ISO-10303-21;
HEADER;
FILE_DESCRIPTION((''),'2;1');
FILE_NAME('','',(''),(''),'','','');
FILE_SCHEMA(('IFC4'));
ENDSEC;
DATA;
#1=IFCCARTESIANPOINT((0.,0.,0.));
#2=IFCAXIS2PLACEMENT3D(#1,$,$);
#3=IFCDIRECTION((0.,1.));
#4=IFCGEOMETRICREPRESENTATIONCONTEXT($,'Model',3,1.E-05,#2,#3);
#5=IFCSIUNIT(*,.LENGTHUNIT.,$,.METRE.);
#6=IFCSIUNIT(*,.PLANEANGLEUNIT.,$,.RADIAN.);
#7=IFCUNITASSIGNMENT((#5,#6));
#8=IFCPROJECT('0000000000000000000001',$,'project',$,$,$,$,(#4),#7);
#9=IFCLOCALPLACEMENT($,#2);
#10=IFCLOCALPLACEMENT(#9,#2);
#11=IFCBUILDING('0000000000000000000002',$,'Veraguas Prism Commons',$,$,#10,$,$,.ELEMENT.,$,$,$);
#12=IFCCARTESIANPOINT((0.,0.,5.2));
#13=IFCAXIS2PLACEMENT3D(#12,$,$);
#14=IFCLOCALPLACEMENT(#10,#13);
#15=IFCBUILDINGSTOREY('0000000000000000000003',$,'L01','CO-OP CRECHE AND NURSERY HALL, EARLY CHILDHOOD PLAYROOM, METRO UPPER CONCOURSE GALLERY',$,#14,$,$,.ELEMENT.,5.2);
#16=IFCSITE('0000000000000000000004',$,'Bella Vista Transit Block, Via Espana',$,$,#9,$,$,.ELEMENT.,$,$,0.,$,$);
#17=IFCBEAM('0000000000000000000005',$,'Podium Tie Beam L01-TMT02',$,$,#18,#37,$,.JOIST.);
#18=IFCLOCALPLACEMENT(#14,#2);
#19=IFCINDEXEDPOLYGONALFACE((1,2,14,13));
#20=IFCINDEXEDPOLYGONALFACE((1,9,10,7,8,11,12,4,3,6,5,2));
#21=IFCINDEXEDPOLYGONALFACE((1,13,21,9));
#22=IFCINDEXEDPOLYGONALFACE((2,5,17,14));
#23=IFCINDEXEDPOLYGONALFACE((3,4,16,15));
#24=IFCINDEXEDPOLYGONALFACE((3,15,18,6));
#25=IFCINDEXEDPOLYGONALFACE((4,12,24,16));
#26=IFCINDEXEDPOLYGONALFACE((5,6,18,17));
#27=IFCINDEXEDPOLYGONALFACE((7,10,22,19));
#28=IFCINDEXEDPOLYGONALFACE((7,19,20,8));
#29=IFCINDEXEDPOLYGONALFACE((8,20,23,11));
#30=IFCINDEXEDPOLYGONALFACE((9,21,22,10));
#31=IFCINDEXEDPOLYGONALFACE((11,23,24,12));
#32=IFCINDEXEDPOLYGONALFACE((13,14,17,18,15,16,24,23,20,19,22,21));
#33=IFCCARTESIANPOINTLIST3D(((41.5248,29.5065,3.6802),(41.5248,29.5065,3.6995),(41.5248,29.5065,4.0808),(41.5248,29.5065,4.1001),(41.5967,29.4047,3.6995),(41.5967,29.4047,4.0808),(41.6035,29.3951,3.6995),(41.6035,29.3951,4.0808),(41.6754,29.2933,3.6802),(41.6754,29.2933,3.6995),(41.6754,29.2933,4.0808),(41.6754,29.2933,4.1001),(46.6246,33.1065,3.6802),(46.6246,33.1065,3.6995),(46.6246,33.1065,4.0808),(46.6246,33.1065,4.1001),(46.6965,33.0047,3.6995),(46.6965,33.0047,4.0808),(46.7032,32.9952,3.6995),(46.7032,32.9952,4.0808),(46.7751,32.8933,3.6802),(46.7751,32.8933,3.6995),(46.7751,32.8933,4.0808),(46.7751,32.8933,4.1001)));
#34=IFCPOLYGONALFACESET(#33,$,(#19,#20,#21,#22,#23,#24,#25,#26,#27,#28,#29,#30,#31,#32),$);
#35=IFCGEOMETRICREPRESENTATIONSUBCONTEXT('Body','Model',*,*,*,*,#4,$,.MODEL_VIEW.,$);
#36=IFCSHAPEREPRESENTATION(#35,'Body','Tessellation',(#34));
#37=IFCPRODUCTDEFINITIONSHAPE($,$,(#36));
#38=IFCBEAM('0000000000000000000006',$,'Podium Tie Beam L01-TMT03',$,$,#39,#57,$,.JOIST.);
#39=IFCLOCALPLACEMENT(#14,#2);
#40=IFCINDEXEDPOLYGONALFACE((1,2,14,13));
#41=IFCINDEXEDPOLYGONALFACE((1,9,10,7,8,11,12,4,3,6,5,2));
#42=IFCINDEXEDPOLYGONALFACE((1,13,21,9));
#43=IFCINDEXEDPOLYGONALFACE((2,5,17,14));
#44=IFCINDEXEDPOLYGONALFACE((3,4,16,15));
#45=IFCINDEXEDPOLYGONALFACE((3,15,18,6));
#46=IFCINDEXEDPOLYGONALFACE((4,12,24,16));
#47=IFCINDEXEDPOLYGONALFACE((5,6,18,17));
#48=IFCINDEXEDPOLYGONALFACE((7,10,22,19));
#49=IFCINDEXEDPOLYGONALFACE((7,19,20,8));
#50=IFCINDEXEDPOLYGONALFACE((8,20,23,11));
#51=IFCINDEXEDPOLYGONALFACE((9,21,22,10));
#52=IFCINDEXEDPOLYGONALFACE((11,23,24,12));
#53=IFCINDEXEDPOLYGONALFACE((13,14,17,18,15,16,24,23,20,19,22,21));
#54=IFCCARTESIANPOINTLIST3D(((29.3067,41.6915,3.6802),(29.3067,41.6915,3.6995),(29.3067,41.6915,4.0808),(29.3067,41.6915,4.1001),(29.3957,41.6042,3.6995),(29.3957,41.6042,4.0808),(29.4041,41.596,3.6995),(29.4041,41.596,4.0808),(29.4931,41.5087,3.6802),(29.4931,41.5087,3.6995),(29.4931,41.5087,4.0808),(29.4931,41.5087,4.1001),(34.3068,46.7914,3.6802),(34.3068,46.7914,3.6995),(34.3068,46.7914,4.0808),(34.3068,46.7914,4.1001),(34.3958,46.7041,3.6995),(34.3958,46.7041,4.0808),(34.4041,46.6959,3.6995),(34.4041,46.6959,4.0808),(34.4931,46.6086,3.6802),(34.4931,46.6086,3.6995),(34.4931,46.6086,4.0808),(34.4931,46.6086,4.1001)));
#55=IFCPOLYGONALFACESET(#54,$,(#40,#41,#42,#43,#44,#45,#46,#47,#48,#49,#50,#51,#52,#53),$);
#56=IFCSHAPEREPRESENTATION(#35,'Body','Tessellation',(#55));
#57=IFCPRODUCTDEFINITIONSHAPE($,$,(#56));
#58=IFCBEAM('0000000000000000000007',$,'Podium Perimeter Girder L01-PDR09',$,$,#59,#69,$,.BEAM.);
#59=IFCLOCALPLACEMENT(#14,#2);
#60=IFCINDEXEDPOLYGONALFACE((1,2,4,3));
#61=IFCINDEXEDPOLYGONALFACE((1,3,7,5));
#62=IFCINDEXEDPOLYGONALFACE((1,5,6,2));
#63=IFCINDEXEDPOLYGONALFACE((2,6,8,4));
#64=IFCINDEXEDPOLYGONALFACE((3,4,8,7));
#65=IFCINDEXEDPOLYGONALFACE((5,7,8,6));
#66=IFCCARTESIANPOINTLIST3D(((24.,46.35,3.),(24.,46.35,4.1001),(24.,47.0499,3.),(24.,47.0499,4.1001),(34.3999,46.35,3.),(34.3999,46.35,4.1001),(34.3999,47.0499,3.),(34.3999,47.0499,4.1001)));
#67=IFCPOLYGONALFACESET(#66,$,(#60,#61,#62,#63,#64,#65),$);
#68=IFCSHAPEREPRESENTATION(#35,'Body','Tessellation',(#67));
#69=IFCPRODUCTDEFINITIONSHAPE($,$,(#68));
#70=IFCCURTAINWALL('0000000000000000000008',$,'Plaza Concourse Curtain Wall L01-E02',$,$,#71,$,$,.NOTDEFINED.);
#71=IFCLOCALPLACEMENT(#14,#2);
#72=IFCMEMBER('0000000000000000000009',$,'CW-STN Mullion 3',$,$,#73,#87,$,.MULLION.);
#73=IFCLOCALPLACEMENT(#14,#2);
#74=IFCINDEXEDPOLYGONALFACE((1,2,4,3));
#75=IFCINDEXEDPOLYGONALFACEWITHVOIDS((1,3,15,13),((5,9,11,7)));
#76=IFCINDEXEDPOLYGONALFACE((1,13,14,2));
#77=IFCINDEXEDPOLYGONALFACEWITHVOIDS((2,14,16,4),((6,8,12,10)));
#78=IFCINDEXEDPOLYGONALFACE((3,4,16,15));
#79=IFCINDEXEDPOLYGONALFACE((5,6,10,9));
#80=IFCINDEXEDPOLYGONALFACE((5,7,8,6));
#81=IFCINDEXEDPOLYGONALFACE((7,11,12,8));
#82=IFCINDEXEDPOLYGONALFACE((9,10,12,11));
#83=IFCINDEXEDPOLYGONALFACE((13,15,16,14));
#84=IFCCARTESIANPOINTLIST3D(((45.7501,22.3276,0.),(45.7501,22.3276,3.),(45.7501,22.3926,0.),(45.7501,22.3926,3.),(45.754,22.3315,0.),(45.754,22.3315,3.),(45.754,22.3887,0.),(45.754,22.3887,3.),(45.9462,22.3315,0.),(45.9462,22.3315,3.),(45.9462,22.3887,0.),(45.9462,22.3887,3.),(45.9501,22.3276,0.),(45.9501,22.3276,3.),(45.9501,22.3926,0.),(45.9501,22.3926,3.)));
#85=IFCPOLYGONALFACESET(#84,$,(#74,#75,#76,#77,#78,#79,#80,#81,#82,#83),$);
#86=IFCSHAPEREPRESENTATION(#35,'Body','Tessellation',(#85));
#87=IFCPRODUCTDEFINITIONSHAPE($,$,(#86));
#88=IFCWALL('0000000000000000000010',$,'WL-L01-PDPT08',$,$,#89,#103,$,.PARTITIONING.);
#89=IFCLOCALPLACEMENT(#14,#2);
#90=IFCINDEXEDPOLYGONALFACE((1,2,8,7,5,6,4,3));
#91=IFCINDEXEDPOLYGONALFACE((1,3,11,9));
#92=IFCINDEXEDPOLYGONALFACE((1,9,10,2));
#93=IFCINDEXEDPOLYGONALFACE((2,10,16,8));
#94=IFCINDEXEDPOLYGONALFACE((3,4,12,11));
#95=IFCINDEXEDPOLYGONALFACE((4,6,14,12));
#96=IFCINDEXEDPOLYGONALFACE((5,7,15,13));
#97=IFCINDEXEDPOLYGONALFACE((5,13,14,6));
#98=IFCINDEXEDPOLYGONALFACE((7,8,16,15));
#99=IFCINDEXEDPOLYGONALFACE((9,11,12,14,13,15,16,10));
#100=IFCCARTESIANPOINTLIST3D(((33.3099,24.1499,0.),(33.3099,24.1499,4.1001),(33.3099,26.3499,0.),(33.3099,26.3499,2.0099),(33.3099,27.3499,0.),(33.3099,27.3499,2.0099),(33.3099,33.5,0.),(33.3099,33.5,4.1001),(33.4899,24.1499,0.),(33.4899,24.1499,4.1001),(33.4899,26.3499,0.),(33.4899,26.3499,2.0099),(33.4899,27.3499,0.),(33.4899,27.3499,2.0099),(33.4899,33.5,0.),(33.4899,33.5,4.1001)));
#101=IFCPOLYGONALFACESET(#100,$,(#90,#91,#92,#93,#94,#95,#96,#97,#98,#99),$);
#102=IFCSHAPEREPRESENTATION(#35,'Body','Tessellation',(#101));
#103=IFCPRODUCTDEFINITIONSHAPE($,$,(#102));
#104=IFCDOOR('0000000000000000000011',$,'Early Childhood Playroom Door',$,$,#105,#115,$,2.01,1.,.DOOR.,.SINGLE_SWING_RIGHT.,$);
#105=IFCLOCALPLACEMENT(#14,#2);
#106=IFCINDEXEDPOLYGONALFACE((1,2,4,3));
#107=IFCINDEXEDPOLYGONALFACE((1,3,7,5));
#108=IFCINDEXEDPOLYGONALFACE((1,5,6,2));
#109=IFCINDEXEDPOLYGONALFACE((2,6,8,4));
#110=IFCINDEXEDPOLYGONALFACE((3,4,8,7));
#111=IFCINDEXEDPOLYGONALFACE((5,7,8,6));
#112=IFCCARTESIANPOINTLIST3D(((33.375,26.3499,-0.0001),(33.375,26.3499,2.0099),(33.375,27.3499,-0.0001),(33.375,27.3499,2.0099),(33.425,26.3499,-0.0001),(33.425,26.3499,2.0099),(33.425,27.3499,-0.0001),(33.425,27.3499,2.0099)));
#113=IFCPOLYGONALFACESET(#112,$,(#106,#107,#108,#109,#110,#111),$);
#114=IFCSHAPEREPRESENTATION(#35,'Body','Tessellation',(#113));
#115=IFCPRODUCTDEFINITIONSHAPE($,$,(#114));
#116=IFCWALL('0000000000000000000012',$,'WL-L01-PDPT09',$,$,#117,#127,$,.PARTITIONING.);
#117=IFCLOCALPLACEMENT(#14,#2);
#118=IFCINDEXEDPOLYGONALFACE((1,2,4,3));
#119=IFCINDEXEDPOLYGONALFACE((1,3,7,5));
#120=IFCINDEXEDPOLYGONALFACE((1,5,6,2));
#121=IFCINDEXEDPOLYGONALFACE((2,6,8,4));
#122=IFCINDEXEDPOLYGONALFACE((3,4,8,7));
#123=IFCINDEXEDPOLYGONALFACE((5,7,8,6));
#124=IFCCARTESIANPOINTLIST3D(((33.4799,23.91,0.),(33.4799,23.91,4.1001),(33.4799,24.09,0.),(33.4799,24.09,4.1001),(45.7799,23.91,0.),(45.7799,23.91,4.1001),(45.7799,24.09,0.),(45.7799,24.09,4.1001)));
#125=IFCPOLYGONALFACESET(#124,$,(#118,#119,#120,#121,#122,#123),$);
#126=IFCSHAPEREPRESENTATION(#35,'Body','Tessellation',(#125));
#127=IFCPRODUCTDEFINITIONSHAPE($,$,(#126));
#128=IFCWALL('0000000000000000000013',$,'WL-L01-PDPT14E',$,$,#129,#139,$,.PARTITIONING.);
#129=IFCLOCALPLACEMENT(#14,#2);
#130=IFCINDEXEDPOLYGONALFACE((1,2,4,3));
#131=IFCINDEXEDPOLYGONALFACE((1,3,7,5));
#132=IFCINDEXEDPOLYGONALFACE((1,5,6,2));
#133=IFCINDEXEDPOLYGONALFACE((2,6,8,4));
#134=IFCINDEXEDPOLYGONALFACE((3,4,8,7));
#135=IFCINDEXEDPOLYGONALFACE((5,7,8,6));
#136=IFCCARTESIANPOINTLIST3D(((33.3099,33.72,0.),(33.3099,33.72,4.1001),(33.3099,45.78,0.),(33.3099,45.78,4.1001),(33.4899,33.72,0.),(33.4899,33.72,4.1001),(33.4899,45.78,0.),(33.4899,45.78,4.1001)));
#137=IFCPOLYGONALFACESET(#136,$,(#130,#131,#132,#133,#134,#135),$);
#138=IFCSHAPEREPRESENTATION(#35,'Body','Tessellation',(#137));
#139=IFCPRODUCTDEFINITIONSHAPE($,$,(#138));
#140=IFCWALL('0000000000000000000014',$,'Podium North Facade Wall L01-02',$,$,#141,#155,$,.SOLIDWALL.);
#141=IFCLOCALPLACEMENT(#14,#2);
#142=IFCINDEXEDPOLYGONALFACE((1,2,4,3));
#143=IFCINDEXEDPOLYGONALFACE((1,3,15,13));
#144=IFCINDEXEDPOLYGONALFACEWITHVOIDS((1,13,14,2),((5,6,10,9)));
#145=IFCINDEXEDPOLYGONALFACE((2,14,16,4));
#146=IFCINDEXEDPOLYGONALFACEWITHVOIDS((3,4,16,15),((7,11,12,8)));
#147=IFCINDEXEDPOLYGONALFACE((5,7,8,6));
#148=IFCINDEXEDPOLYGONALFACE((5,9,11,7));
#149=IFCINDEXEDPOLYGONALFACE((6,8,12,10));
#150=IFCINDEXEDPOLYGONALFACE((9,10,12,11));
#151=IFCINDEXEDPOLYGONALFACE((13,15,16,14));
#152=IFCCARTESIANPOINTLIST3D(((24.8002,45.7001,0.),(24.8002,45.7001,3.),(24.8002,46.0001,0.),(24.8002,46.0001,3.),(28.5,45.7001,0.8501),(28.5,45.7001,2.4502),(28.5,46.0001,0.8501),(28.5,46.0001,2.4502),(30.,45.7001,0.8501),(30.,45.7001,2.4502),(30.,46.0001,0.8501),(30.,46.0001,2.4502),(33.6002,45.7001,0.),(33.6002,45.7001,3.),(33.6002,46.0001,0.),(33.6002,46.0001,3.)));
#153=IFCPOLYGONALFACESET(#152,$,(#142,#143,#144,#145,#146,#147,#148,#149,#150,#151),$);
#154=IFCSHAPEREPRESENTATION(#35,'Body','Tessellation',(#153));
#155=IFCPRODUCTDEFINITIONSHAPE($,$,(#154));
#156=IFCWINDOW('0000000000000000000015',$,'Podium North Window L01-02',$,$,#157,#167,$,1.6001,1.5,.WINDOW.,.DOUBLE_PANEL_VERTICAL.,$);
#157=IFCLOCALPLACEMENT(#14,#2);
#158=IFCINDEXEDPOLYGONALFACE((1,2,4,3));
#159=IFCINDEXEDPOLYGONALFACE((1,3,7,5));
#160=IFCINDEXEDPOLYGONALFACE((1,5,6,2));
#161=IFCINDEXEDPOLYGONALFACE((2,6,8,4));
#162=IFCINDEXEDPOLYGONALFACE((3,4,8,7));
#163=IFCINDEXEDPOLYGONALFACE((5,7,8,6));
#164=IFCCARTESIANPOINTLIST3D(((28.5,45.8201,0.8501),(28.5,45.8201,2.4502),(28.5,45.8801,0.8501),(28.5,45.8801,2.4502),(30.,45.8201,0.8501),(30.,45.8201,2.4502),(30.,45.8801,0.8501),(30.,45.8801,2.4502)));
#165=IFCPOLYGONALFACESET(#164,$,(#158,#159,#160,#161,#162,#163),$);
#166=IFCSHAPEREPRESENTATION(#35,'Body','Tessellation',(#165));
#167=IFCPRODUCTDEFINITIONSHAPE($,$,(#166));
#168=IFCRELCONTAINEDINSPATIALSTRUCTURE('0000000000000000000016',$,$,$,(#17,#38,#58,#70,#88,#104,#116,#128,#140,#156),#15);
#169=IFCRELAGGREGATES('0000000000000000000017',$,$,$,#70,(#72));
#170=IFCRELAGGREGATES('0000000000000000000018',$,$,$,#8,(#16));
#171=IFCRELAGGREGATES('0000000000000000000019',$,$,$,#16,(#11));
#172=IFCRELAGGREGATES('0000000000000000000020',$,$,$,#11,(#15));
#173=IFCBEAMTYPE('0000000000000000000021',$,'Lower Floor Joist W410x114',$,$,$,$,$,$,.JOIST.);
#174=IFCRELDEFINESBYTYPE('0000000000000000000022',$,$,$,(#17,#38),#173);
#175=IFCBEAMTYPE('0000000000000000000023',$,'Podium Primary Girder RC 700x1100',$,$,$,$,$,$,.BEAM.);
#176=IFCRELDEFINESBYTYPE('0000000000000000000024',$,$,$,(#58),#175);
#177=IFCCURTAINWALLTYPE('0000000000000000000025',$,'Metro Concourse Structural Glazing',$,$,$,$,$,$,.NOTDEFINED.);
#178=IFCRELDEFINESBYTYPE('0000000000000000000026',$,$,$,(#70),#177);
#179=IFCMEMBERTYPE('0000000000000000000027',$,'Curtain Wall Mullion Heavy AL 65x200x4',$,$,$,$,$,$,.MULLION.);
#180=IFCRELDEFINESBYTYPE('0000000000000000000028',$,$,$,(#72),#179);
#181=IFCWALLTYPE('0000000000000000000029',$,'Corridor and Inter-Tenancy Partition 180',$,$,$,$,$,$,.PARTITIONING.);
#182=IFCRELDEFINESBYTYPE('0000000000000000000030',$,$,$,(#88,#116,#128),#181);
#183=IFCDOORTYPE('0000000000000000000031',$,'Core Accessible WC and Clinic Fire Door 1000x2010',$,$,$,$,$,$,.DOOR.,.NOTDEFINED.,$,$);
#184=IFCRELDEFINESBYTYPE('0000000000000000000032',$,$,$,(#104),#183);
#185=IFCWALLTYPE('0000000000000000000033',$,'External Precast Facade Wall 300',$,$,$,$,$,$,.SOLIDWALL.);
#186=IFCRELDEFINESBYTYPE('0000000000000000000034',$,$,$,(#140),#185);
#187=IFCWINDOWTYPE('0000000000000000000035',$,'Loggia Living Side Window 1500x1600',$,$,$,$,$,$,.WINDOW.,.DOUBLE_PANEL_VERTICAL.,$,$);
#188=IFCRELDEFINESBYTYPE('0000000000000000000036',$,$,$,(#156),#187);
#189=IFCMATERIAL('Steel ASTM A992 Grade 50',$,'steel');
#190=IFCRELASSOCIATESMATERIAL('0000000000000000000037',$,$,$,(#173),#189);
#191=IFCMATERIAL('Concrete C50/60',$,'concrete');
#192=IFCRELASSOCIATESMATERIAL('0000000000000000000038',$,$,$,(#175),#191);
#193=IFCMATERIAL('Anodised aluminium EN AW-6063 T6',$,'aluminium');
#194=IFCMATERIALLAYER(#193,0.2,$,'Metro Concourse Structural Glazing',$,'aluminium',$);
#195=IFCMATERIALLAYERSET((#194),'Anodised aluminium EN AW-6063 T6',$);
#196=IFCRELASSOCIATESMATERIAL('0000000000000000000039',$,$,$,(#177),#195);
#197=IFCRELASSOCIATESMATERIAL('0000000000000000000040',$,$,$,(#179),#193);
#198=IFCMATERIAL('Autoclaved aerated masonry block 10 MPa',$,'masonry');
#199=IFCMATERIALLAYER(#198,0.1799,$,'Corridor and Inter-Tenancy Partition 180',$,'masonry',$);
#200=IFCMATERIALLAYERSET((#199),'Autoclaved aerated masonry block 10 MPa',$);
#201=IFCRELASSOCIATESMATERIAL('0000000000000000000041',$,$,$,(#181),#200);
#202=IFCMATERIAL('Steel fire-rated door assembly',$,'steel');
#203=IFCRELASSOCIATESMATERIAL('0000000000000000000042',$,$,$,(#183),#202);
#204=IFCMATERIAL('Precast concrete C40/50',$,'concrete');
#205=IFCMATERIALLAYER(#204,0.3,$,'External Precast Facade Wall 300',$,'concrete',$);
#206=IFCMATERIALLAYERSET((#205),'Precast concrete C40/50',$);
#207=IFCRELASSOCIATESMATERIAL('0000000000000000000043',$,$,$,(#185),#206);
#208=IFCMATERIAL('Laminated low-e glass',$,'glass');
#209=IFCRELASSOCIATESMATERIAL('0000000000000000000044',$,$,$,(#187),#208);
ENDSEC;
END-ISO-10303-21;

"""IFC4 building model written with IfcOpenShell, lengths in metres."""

from ifc_helpers import new_model, si_unit, direction, frame, frame_2d, origin, origin_2d, place, context, subcontext, project, spatial, rectangle, hollow_rectangle, i_section, extrude, source, transform, mapped, material, layer, layer_set, material_profile, profile_set, type_object, element, fill, aggregate, save


model = new_model("IFC4")

# Units and contexts
model_context = context("Model", 3, precision=1e-05, world=origin(), true_north=direction((0.0, 1.0)))
body_context = subcontext(model_context, "Body", "Model", "MODEL_VIEW")
ifc_project = project(units=[si_unit("LENGTHUNIT", "METRE"), si_unit("PLANEANGLEUNIT", "RADIAN")], contexts=[model_context])

# Site, building, storey
site_placement = place(None, origin())
site = spatial("IfcSite", under=ifc_project, at=site_placement, Name="Bella Vista Transit Block, Via Espana", CompositionType="ELEMENT", RefElevation=0.0)
building_placement = place(site_placement, origin())
building = spatial("IfcBuilding", under=site, at=building_placement, Name="Veraguas Prism Commons", CompositionType="ELEMENT")
storey_placement = place(building_placement, frame((0.0, 0.0, 5.2)))
storey = spatial("IfcBuildingStorey", under=building, at=storey_placement, Name="L01", Description="CO-OP CRECHE AND NURSERY HALL, EARLY CHILDHOOD PLAYROOM, METRO UPPER CONCOURSE GALLERY", CompositionType="ELEMENT", Elevation=5.2)

# Beams
ifc_material_1 = material(Name="Steel ASTM A992 Grade 50", Category="steel")
ifc_material_profile_1 = material_profile(ifc_material_1, i_section(OverallWidth=0.261, OverallDepth=0.4199, WebThickness=0.0117, FlangeThickness=0.0193, at=origin_2d()), Name="W410X114")
ifc_profile_set_1 = profile_set([ifc_material_profile_1], Name="Steel ASTM A992 Grade 50")
beam_type_1 = type_object("IfcBeamType", Name="Lower Floor Joist W410x114", PredefinedType="JOIST", material=ifc_profile_set_1)
beam_1_placement = place(storey_placement, frame((41.6001, 29.3999, 3.8901), z_axis=(0.816953, 0.576705, 0.0), x_axis=(-0.576705, 0.816953, 0.0)))
element("IfcBeam", 1, at=beam_1_placement, inside=storey, type_object=beam_type_1, Name="Podium Tie Beam L01-TMT02", PredefinedType="JOIST", context=body_context, shape_type="SweptSolid", body=[
    extrude(i_section(OverallWidth=0.261, OverallDepth=0.4199, WebThickness=0.0117, FlangeThickness=0.0193, at=origin_2d()), origin(), (0.0, 0.0, 1.0), 6.2424),
])
beam_2_placement = place(storey_placement, frame((29.3999, 41.6001, 3.8901), z_axis=(0.700082, 0.714063, 0.0), x_axis=(-0.714063, 0.700082, 0.0)))
element("IfcBeam", 2, at=beam_2_placement, inside=storey, type_object=beam_type_1, Name="Podium Tie Beam L01-TMT03", PredefinedType="JOIST", context=body_context, shape_type="SweptSolid", body=[
    extrude(i_section(OverallWidth=0.261, OverallDepth=0.4199, WebThickness=0.0117, FlangeThickness=0.0193, at=origin_2d()), origin(), (0.0, 0.0, 1.0), 7.1421),
])
ifc_material_2 = material(Name="Concrete C50/60", Category="concrete")
ifc_material_profile_2 = material_profile(ifc_material_2, rectangle(XDim=0.7, YDim=1.1001, at=origin_2d()), Name="RC700X1100")
ifc_profile_set_2 = profile_set([ifc_material_profile_2], Name="Concrete C50/60")
beam_type_2 = type_object("IfcBeamType", Name="Podium Primary Girder RC 700x1100", PredefinedType="BEAM", material=ifc_profile_set_2)
beam_3_placement = place(storey_placement, frame((34.3999, 46.7, 3.55), z_axis=(-1.0, 0.0, 0.0), x_axis=(0.0, -1.0, 0.0)))
element("IfcBeam", 3, at=beam_3_placement, inside=storey, type_object=beam_type_2, Name="Podium Perimeter Girder L01-PDR09", PredefinedType="BEAM", context=body_context, shape_type="SweptSolid", body=[
    extrude(rectangle(XDim=0.7, YDim=1.1001, at=origin_2d()), origin(), (0.0, 0.0, 1.0), 10.3999),
])

# Curtain wall, member
ifc_material_3 = material(Name="Anodised aluminium EN AW-6063 T6", Category="aluminium")
ifc_layer_1 = layer(ifc_material_3, 0.2, Name="Metro Concourse Structural Glazing", Category="aluminium")
ifc_layer_set_1 = layer_set([ifc_layer_1], Name="Anodised aluminium EN AW-6063 T6")
curtain_wall_type = type_object("IfcCurtainWallType", Name="Metro Concourse Structural Glazing", PredefinedType="NOTDEFINED", material=ifc_layer_set_1)
curtain_wall_placement = place(storey_placement, origin())
curtain_wall = element("IfcCurtainWall", 4, at=curtain_wall_placement, inside=storey, type_object=curtain_wall_type, Name="Plaza Concourse Curtain Wall L01-E02", PredefinedType="NOTDEFINED")
ifc_material_profile_3 = material_profile(ifc_material_3, hollow_rectangle(XDim=0.0649, YDim=0.2, WallThickness=0.0039, at=origin_2d()), Name="AL65X200X4")
ifc_profile_set_3 = profile_set([ifc_material_profile_3], Name="Anodised aluminium EN AW-6063 T6")
member_type = type_object("IfcMemberType", Name="Curtain Wall Mullion Heavy AL 65x200x4", PredefinedType="MULLION", material=ifc_profile_set_3)
shared_shape_1 = source(origin(), body_context, "Body", "SweptSolid", [
    extrude(hollow_rectangle(XDim=0.0649, YDim=0.2, WallThickness=0.0039, at=origin_2d()), origin(), (0.0, 0.0, 1.0), 3.0),
])
member_placement = place(storey_placement, frame((45.8501, 22.3601, 0.0), z_axis=(0.0, 0.0, 1.0), x_axis=(0.0, 1.0, 0.0)))
member = element("IfcMember", 5, at=member_placement, type_object=member_type, Name="CW-STN Mullion 3", PredefinedType="MULLION", context=body_context, shape_type="MappedRepresentation", body=[
    mapped(shared_shape_1, transform((0.0, 0.0, 0.0), scale=1.0)),
])
aggregate(curtain_wall, [member])

# Wall, opening, door
ifc_material_4 = material(Name="Autoclaved aerated masonry block 10 MPa", Category="masonry")
ifc_layer_2 = layer(ifc_material_4, 0.1799, Name="Corridor and Inter-Tenancy Partition 180", Category="masonry")
ifc_layer_set_2 = layer_set([ifc_layer_2], Name="Autoclaved aerated masonry block 10 MPa")
wall_type_1 = type_object("IfcWallType", Name="Corridor and Inter-Tenancy Partition 180", PredefinedType="PARTITIONING", material=ifc_layer_set_2)
wall_1_placement = place(storey_placement, frame((33.3999, 24.1499, 0.0), z_axis=(0.0, 0.0, 1.0), x_axis=(0.0, 1.0, 0.0)))
wall_1 = element("IfcWall", 6, at=wall_1_placement, inside=storey, type_object=wall_type_1, Name="WL-L01-PDPT08", PredefinedType="PARTITIONING", context=body_context, shape_type="SweptSolid", body=[
    extrude(rectangle(XDim=9.3501, YDim=0.1799, at=frame_2d((4.675, 0.0))), origin(), (0.0, 0.0, 1.0), 4.1001),
])
opening_1_placement = place(wall_1_placement, frame((2.2, 0.0, 0.0)))
opening_1 = element("IfcOpeningElement", 7, at=opening_1_placement, cuts=wall_1, PredefinedType="OPENING", context=body_context, shape_type="SweptSolid", body=[
    extrude(rectangle(XDim=1.0, YDim=2.01, at=frame_2d((0.5, 1.0049))), frame((0.0, 0.0999, 0.0), z_axis=(0.0, -1.0, 0.0), x_axis=(1.0, 0.0, 0.0)), (0.0, 0.0, 1.0), 0.2),
])
ifc_material_5 = material(Name="Steel fire-rated door assembly", Category="steel")
door_type = type_object("IfcDoorType", Name="Core Accessible WC and Clinic Fire Door 1000x2010", OperationType="NOTDEFINED", PredefinedType="DOOR", material=ifc_material_5)
shared_shape_2 = source(origin(), body_context, "Body", "SweptSolid", [
    extrude(rectangle(XDim=1.0, YDim=2.01, at=frame_2d((0.5, 1.0049))), frame((0.0, 0.0249, 0.0), z_axis=(0.0, -1.0, 0.0), x_axis=(1.0, 0.0, 0.0)), (0.0, 0.0, 1.0), 0.05),
])
door_placement = place(opening_1_placement, origin())
door = element("IfcDoor", 8, at=door_placement, inside=storey, type_object=door_type, Name="Early Childhood Playroom Door", OperationType="SINGLE_SWING_RIGHT", OverallHeight=2.01, OverallWidth=1.0, PredefinedType="DOOR", context=body_context, shape_type="MappedRepresentation", body=[
    mapped(shared_shape_2, transform((0.0, 0.0, 0.0), scale=1.0)),
])
fill(opening_1, door)

# Walls
wall_2_placement = place(storey_placement, frame((33.48, 24.0, 0.0), z_axis=(0.0, 0.0, 1.0), x_axis=(1.0, 0.0, 0.0)))
element("IfcWall", 9, at=wall_2_placement, inside=storey, type_object=wall_type_1, Name="WL-L01-PDPT09", PredefinedType="PARTITIONING", context=body_context, shape_type="SweptSolid", body=[
    extrude(rectangle(XDim=12.3, YDim=0.1799, at=frame_2d((6.1499, 0.0))), origin(), (0.0, 0.0, 1.0), 4.1001),
])
wall_3_placement = place(storey_placement, frame((33.3999, 33.72, 0.0), z_axis=(0.0, 0.0, 1.0), x_axis=(0.0, 1.0, 0.0)))
element("IfcWall", 10, at=wall_3_placement, inside=storey, type_object=wall_type_1, Name="WL-L01-PDPT14E", PredefinedType="PARTITIONING", context=body_context, shape_type="SweptSolid", body=[
    extrude(rectangle(XDim=12.0601, YDim=0.1799, at=frame_2d((6.03, 0.0))), origin(), (0.0, 0.0, 1.0), 4.1001),
])

# Wall, opening, window
ifc_material_6 = material(Name="Precast concrete C40/50", Category="concrete")
ifc_layer_3 = layer(ifc_material_6, 0.3, Name="External Precast Facade Wall 300", Category="concrete")
ifc_layer_set_3 = layer_set([ifc_layer_3], Name="Precast concrete C40/50")
wall_type_2 = type_object("IfcWallType", Name="External Precast Facade Wall 300", PredefinedType="SOLIDWALL", material=ifc_layer_set_3)
wall_4_placement = place(storey_placement, frame((33.6001, 45.8501, 0.0), z_axis=(0.0, 0.0, 1.0), x_axis=(-1.0, 0.0, 0.0)))
wall_4 = element("IfcWall", 11, at=wall_4_placement, inside=storey, type_object=wall_type_2, Name="Podium North Facade Wall L01-02", PredefinedType="SOLIDWALL", context=body_context, shape_type="SweptSolid", body=[
    extrude(rectangle(XDim=8.8, YDim=0.3, at=frame_2d((4.3999, 0.0))), origin(), (0.0, 0.0, 1.0), 3.0),
])
opening_2_placement = place(wall_4_placement, frame((3.6001, 0.0, 0.8501)))
opening_2 = element("IfcOpeningElement", 12, at=opening_2_placement, cuts=wall_4, PredefinedType="OPENING", context=body_context, shape_type="SweptSolid", body=[
    extrude(rectangle(XDim=1.5, YDim=1.6001, at=frame_2d((0.75, 0.8))), frame((0.0, 0.1599, 0.0), z_axis=(0.0, -1.0, 0.0), x_axis=(1.0, 0.0, 0.0)), (0.0, 0.0, 1.0), 0.3201),
])
ifc_material_7 = material(Name="Laminated low-e glass", Category="glass")
window_type = type_object("IfcWindowType", Name="Loggia Living Side Window 1500x1600", PartitioningType="DOUBLE_PANEL_VERTICAL", PredefinedType="WINDOW", material=ifc_material_7)
shared_shape_3 = source(origin(), body_context, "Body", "SweptSolid", [
    extrude(rectangle(XDim=1.5, YDim=1.6001, at=frame_2d((0.75, 0.8))), frame((0.0, 0.03, 0.0), z_axis=(0.0, -1.0, 0.0), x_axis=(1.0, 0.0, 0.0)), (0.0, 0.0, 1.0), 0.0601),
])
window_placement = place(opening_2_placement, origin())
window = element("IfcWindow", 13, at=window_placement, inside=storey, type_object=window_type, Name="Podium North Window L01-02", OverallHeight=1.6001, OverallWidth=1.5, PartitioningType="DOUBLE_PANEL_VERTICAL", PredefinedType="WINDOW", context=body_context, shape_type="MappedRepresentation", body=[
    mapped(shared_shape_3, transform((0.0, 0.0, 0.0), scale=1.0)),
])
fill(opening_2, window)

save(model, "model.ifc")
